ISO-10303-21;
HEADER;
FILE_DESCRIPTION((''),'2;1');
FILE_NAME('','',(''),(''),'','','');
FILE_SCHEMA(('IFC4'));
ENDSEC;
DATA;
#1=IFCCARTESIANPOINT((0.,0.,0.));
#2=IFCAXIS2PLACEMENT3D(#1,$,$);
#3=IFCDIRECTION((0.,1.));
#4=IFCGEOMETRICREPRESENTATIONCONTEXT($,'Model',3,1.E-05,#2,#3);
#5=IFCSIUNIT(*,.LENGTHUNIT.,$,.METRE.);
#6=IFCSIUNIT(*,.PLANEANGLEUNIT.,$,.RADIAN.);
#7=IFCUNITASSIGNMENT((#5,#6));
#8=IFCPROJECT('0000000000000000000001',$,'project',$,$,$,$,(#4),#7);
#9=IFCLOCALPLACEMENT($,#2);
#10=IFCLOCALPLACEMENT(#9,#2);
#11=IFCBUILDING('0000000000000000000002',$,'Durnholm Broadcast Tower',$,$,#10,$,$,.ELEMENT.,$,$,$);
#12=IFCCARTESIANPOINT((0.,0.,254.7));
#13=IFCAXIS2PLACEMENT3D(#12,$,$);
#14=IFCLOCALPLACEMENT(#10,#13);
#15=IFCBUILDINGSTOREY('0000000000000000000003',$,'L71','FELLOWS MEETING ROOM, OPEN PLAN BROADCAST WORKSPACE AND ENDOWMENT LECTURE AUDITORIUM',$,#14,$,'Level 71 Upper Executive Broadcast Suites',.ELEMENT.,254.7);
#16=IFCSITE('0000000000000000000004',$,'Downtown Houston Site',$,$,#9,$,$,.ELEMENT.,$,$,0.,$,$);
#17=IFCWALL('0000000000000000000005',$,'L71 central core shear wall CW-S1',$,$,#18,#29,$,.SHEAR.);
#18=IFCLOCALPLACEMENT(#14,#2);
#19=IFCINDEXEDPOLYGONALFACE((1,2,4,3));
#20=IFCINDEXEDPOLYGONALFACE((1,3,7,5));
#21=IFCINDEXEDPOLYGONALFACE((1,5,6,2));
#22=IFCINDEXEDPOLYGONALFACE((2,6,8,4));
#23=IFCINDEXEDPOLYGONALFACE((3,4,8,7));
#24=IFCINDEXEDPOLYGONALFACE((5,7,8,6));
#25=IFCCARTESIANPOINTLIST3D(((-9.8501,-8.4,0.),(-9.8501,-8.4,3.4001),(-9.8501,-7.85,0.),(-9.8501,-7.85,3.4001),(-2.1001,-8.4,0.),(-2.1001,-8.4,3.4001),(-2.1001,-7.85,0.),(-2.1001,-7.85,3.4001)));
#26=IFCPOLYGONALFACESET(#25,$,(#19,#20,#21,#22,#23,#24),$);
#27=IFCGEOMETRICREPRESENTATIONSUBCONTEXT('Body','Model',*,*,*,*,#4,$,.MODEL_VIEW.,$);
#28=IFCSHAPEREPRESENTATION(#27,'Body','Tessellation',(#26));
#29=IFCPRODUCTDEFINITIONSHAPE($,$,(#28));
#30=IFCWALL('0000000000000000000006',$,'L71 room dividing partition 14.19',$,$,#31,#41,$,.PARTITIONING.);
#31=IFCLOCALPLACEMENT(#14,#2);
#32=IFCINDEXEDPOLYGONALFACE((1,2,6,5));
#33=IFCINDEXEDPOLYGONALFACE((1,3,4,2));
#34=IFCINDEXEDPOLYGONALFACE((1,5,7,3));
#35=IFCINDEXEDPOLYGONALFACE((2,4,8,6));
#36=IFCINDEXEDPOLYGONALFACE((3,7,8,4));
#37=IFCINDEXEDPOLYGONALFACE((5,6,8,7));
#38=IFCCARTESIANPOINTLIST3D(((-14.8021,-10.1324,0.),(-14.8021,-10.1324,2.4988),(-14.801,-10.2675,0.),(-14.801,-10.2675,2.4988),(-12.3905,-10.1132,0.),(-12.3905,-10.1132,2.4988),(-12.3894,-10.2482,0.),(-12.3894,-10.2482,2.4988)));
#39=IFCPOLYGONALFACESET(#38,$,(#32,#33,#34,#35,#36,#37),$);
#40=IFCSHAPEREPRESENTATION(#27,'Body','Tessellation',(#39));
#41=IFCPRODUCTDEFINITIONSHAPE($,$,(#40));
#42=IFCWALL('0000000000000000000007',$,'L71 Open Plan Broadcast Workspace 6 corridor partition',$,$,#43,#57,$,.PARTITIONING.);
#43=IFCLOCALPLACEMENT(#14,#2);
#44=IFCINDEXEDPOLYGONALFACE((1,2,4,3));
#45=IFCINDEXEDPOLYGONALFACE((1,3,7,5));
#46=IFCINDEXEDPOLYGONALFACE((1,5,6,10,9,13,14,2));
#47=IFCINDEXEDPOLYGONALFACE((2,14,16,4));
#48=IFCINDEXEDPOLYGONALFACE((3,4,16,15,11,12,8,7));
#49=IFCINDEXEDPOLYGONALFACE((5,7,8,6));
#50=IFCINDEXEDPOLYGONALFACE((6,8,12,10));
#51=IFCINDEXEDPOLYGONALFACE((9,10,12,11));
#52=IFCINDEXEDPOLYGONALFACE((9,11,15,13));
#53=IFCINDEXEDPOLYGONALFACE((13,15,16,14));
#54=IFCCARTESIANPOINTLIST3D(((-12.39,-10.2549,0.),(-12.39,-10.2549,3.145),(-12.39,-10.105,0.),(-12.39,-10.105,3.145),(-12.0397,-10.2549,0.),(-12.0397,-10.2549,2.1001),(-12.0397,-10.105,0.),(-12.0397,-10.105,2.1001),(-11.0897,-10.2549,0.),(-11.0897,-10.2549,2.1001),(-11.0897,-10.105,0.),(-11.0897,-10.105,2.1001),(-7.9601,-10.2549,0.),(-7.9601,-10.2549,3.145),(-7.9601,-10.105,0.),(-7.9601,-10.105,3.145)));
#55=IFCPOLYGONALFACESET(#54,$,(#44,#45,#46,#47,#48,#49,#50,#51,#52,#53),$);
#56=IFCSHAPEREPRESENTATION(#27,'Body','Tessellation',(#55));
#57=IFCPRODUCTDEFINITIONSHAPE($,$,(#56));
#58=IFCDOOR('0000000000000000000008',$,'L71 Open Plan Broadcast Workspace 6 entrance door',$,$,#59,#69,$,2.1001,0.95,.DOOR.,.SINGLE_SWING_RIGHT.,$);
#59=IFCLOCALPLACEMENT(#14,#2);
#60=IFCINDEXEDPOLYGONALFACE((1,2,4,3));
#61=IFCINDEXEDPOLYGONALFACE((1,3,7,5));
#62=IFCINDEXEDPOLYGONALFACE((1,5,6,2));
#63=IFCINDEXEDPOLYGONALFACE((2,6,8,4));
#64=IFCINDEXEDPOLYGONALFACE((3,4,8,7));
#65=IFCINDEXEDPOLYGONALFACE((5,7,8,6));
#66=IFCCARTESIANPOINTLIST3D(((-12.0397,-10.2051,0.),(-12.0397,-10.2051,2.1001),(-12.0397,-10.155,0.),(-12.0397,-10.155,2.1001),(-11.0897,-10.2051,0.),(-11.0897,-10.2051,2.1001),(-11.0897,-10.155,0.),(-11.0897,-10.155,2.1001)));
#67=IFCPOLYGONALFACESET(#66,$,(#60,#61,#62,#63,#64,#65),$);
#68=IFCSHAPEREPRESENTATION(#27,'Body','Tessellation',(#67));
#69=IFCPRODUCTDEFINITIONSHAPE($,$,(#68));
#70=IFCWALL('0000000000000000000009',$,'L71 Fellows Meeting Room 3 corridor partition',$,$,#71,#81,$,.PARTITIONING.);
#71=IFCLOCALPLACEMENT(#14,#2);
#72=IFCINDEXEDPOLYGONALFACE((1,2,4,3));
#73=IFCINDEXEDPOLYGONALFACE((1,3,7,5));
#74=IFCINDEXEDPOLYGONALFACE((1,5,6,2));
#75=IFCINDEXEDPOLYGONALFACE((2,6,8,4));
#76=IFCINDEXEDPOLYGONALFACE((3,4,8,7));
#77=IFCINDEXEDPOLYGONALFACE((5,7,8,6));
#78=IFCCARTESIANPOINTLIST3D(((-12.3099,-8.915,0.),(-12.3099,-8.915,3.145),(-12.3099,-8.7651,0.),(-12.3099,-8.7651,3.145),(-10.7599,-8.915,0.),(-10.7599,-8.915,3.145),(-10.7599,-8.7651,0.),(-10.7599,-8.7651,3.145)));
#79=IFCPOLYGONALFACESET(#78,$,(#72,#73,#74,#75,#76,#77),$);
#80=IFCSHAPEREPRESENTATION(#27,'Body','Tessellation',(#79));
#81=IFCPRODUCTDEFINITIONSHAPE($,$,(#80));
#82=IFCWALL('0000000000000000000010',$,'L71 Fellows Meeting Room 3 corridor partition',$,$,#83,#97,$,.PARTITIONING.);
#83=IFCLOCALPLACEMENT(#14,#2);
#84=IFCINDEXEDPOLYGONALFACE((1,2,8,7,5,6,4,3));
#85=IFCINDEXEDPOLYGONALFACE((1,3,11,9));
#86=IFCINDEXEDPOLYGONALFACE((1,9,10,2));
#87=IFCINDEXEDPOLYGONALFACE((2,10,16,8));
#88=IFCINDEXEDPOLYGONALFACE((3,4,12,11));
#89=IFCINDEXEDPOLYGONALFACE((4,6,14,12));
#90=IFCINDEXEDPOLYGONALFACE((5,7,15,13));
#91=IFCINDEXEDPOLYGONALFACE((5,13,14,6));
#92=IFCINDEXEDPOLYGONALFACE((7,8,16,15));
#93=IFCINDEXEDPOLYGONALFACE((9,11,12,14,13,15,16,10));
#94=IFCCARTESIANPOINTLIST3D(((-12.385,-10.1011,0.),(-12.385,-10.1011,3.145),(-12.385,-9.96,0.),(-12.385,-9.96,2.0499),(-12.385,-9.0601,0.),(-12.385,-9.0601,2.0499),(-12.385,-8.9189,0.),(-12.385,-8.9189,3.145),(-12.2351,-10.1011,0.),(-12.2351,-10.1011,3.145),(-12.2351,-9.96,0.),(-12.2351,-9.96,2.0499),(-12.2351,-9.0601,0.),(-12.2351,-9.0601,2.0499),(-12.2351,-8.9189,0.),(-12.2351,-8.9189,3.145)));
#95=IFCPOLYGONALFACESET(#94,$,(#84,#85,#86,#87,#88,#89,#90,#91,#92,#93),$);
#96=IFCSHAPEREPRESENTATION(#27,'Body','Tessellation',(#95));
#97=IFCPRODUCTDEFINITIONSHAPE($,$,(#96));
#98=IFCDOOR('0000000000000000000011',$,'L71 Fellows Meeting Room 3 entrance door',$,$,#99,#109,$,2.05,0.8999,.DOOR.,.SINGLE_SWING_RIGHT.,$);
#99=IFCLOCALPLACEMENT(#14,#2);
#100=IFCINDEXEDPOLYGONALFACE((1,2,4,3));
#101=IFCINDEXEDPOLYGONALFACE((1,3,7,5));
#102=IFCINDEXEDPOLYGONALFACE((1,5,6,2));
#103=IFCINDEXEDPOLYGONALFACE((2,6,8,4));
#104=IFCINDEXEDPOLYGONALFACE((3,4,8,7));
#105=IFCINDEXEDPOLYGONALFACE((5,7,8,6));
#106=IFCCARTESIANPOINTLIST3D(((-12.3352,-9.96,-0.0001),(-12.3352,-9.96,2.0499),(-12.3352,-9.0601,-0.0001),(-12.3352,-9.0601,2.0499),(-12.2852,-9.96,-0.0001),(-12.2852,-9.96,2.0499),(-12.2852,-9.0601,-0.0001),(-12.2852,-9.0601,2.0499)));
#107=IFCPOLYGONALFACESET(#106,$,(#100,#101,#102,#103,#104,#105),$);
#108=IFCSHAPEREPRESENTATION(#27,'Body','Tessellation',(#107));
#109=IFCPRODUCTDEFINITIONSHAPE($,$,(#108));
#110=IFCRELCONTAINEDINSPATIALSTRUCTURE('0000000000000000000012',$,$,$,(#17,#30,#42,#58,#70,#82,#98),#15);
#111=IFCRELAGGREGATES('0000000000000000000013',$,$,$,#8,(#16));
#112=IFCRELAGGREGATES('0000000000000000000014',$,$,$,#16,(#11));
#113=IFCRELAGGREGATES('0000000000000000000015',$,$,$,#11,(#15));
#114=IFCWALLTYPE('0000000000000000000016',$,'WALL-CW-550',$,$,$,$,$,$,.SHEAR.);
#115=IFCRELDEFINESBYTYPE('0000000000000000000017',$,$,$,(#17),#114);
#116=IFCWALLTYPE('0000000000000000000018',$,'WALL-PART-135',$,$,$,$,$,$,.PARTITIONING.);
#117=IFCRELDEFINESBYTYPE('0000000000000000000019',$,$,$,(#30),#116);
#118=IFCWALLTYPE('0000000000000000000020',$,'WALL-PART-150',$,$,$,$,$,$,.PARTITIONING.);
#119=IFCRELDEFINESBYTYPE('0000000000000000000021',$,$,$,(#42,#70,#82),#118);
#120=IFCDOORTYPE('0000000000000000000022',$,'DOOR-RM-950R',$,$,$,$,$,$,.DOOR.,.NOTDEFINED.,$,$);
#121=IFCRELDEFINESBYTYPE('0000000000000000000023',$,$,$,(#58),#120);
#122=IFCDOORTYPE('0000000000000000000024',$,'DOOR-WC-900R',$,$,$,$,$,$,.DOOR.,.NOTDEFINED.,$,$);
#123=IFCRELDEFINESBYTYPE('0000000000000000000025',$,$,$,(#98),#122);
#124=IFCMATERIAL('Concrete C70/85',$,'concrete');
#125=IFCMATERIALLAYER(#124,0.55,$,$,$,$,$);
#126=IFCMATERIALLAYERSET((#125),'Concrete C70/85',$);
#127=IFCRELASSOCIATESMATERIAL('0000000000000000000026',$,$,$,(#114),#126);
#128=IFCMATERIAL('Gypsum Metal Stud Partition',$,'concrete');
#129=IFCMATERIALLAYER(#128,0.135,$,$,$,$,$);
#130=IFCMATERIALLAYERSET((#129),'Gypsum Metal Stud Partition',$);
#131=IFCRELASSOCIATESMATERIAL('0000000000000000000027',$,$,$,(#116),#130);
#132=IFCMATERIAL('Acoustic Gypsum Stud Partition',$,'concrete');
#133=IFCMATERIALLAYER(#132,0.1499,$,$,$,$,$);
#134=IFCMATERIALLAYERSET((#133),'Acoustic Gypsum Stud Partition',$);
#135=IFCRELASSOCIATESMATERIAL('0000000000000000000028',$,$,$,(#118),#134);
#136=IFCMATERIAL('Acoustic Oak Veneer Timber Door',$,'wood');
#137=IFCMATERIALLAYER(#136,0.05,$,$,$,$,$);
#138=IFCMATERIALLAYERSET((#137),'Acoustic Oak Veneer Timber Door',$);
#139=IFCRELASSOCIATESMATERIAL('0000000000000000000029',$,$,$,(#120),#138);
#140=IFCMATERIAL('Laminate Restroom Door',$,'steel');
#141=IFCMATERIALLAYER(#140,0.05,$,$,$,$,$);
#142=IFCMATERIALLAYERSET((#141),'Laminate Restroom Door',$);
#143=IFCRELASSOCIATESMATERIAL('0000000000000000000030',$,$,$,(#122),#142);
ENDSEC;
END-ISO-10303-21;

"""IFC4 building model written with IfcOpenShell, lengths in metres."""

from ifc_helpers import new_model, si_unit, direction, frame, frame_2d, origin, place, context, subcontext, project, spatial, rectangle, extrude, source, transform, mapped, material, layer, layer_set, type_object, type_shapes, element, fill, save


model = new_model("IFC4")

# Units and contexts
model_context = context("Model", 3, precision=1e-05, world=origin(), true_north=direction((0.0, 1.0)))
body_context = subcontext(model_context, "Body", "Model", "MODEL_VIEW")
ifc_project = project(units=[si_unit("LENGTHUNIT", "METRE"), si_unit("PLANEANGLEUNIT", "RADIAN")], contexts=[model_context])

# Site, building, storey
site_placement = place(None, origin())
site = spatial("IfcSite", under=ifc_project, at=site_placement, Name="Downtown Houston Site", CompositionType="ELEMENT", RefElevation=0.0)
building_placement = place(site_placement, origin())
building = spatial("IfcBuilding", under=site, at=building_placement, Name="Durnholm Broadcast Tower", CompositionType="ELEMENT")
storey_placement = place(building_placement, frame((0.0, 0.0, 254.7)))
storey = spatial("IfcBuildingStorey", under=building, at=storey_placement, Name="L71", Description="FELLOWS MEETING ROOM, OPEN PLAN BROADCAST WORKSPACE AND ENDOWMENT LECTURE AUDITORIUM", LongName="Level 71 Upper Executive Broadcast Suites", CompositionType="ELEMENT", Elevation=254.7)

# Shared definitions
ifc_material_1 = material(Name="Concrete C70/85", Category="concrete")

# Walls
ifc_layer_1 = layer(ifc_material_1, 0.55)
ifc_layer_set_1 = layer_set([ifc_layer_1], Name="Concrete C70/85")
wall_type_1 = type_object("IfcWallType", Name="WALL-CW-550", PredefinedType="SHEAR", material=ifc_layer_set_1)
wall_1_placement = place(storey_placement, frame((-9.8501, -8.125, 0.0), z_axis=(0.0, 0.0, 1.0), x_axis=(1.0, 0.0, 0.0)))
element("IfcWall", 1, at=wall_1_placement, inside=storey, type_object=wall_type_1, Name="L71 central core shear wall CW-S1", PredefinedType="SHEAR", context=body_context, shape_type="SweptSolid", body=[
    extrude(rectangle(XDim=7.75, YDim=0.55, at=frame_2d((3.875, 0.0))), origin(), (0.0, 0.0, 1.0), 3.4001),
])
ifc_material_2 = material(Name="Gypsum Metal Stud Partition", Category="concrete")
ifc_layer_2 = layer(ifc_material_2, 0.135)
ifc_layer_set_2 = layer_set([ifc_layer_2], Name="Gypsum Metal Stud Partition")
wall_type_2 = type_object("IfcWallType", Name="WALL-PART-135", PredefinedType="PARTITIONING", material=ifc_layer_set_2)
wall_2_placement = place(storey_placement, frame((-14.8015, -10.2, 0.0), z_axis=(0.0, 0.0, 1.0), x_axis=(0.999968, 0.007997, 0.0)))
element("IfcWall", 2, at=wall_2_placement, inside=storey, type_object=wall_type_2, Name="L71 room dividing partition 14.19", PredefinedType="PARTITIONING", context=body_context, shape_type="SweptSolid", body=[
    extrude(rectangle(XDim=2.4116, YDim=0.135, at=frame_2d((1.2058, 0.0))), origin(), (0.0, 0.0, 1.0), 2.4988),
])

# Wall, opening, door
ifc_material_3 = material(Name="Acoustic Gypsum Stud Partition", Category="concrete")
ifc_layer_3 = layer(ifc_material_3, 0.1499)
ifc_layer_set_3 = layer_set([ifc_layer_3], Name="Acoustic Gypsum Stud Partition")
wall_type_3 = type_object("IfcWallType", Name="WALL-PART-150", PredefinedType="PARTITIONING", material=ifc_layer_set_3)
wall_3_placement = place(storey_placement, frame((-12.3899, -10.1799, 0.0), z_axis=(0.0, 0.0, 1.0), x_axis=(1.0, 0.0, 0.0)))
wall_3 = element("IfcWall", 3, at=wall_3_placement, inside=storey, type_object=wall_type_3, Name="L71 Open Plan Broadcast Workspace 6 corridor partition", PredefinedType="PARTITIONING", context=body_context, shape_type="SweptSolid", body=[
    extrude(rectangle(XDim=4.4299, YDim=0.1499, at=frame_2d((2.2148, 0.0))), origin(), (0.0, 0.0, 1.0), 3.145),
])
opening_1_placement = place(wall_3_placement, frame((0.3501, 0.0, 0.0)))
opening_1 = element("IfcOpeningElement", 4, at=opening_1_placement, cuts=wall_3, PredefinedType="OPENING", context=body_context, shape_type="SweptSolid", body=[
    extrude(rectangle(XDim=0.95, YDim=2.1001, at=frame_2d((0.4751, 1.05))), frame((0.0, 0.085, 0.0), z_axis=(0.0, -1.0, 0.0), x_axis=(1.0, 0.0, 0.0)), (0.0, 0.0, 1.0), 0.1699),
])
ifc_material_4 = material(Name="Acoustic Oak Veneer Timber Door", Category="wood")
ifc_layer_4 = layer(ifc_material_4, 0.05)
ifc_layer_set_4 = layer_set([ifc_layer_4], Name="Acoustic Oak Veneer Timber Door")
door_type_1 = type_object("IfcDoorType", Name="DOOR-RM-950R", OperationType="NOTDEFINED", PredefinedType="DOOR", material=ifc_layer_set_4)
shared_shape_1 = source(origin(), body_context, "Body", "SweptSolid", [
    extrude(rectangle(XDim=0.95, YDim=2.1001, at=frame_2d((0.4751, 1.05))), frame((0.0, 0.0249, 0.0), z_axis=(0.0, -1.0, 0.0), x_axis=(1.0, 0.0, 0.0)), (0.0, 0.0, 1.0), 0.05),
])
type_shapes(door_type_1, [shared_shape_1])
door_1_placement = place(opening_1_placement, origin())
door_1 = element("IfcDoor", 5, at=door_1_placement, inside=storey, type_object=door_type_1, Name="L71 Open Plan Broadcast Workspace 6 entrance door", OperationType="SINGLE_SWING_RIGHT", OverallHeight=2.1001, OverallWidth=0.95, PredefinedType="DOOR", context=body_context, shape_type="MappedRepresentation", body=[
    mapped(shared_shape_1, transform((0.0, 0.0, 0.0), x_axis=(1.0, 0.0, 0.0), y_axis=(0.0, 1.0, 0.0), z_axis=(0.0, 0.0, 1.0), scale=1.0)),
])
fill(opening_1, door_1)

# Wall
wall_4_placement = place(storey_placement, frame((-10.76, -8.8401, 0.0), z_axis=(0.0, 0.0, 1.0), x_axis=(-1.0, 0.0, 0.0)))
element("IfcWall", 6, at=wall_4_placement, inside=storey, type_object=wall_type_3, Name="L71 Fellows Meeting Room 3 corridor partition", PredefinedType="PARTITIONING", context=body_context, shape_type="SweptSolid", body=[
    extrude(rectangle(XDim=1.55, YDim=0.1499, at=frame_2d((0.7749, 0.0))), origin(), (0.0, 0.0, 1.0), 3.145),
])

# Wall, opening, door
wall_5_placement = place(storey_placement, frame((-12.3101, -8.9189, 0.0), z_axis=(0.0, 0.0, 1.0), x_axis=(0.0, -1.0, 0.0)))
wall_5 = element("IfcWall", 7, at=wall_5_placement, inside=storey, type_object=wall_type_3, Name="L71 Fellows Meeting Room 3 corridor partition", PredefinedType="PARTITIONING", context=body_context, shape_type="SweptSolid", body=[
    extrude(rectangle(XDim=1.1821, YDim=0.1499, at=frame_2d((0.5911, 0.0))), origin(), (0.0, 0.0, 1.0), 3.145),
])
opening_2_placement = place(wall_5_placement, frame((0.1411, 0.0, 0.0)))
opening_2 = element("IfcOpeningElement", 8, at=opening_2_placement, cuts=wall_5, PredefinedType="OPENING", context=body_context, shape_type="SweptSolid", body=[
    extrude(rectangle(XDim=0.8999, YDim=2.05, at=frame_2d((0.45, 1.0249))), frame((0.0, 0.085, 0.0), z_axis=(0.0, -1.0, 0.0), x_axis=(1.0, 0.0, 0.0)), (0.0, 0.0, 1.0), 0.1699),
])
ifc_material_5 = material(Name="Laminate Restroom Door", Category="steel")
ifc_layer_5 = layer(ifc_material_5, 0.05)
ifc_layer_set_5 = layer_set([ifc_layer_5], Name="Laminate Restroom Door")
door_type_2 = type_object("IfcDoorType", Name="DOOR-WC-900R", OperationType="NOTDEFINED", PredefinedType="DOOR", material=ifc_layer_set_5)
shared_shape_2 = source(origin(), body_context, "Body", "SweptSolid", [
    extrude(rectangle(XDim=0.8999, YDim=2.05, at=frame_2d((0.45, 1.0249))), frame((0.0, 0.0249, 0.0), z_axis=(0.0, -1.0, 0.0), x_axis=(1.0, 0.0, 0.0)), (0.0, 0.0, 1.0), 0.05),
])
type_shapes(door_type_2, [shared_shape_2])
door_2_placement = place(opening_2_placement, origin())
door_2 = element("IfcDoor", 9, at=door_2_placement, inside=storey, type_object=door_type_2, Name="L71 Fellows Meeting Room 3 entrance door", OperationType="SINGLE_SWING_RIGHT", OverallHeight=2.05, OverallWidth=0.8999, PredefinedType="DOOR", context=body_context, shape_type="MappedRepresentation", body=[
    mapped(shared_shape_2, transform((0.0, 0.0, 0.0), x_axis=(1.0, 0.0, 0.0), y_axis=(0.0, 1.0, 0.0), z_axis=(0.0, 0.0, 1.0), scale=1.0)),
])
fill(opening_2, door_2)

save(model, "model.ifc")
